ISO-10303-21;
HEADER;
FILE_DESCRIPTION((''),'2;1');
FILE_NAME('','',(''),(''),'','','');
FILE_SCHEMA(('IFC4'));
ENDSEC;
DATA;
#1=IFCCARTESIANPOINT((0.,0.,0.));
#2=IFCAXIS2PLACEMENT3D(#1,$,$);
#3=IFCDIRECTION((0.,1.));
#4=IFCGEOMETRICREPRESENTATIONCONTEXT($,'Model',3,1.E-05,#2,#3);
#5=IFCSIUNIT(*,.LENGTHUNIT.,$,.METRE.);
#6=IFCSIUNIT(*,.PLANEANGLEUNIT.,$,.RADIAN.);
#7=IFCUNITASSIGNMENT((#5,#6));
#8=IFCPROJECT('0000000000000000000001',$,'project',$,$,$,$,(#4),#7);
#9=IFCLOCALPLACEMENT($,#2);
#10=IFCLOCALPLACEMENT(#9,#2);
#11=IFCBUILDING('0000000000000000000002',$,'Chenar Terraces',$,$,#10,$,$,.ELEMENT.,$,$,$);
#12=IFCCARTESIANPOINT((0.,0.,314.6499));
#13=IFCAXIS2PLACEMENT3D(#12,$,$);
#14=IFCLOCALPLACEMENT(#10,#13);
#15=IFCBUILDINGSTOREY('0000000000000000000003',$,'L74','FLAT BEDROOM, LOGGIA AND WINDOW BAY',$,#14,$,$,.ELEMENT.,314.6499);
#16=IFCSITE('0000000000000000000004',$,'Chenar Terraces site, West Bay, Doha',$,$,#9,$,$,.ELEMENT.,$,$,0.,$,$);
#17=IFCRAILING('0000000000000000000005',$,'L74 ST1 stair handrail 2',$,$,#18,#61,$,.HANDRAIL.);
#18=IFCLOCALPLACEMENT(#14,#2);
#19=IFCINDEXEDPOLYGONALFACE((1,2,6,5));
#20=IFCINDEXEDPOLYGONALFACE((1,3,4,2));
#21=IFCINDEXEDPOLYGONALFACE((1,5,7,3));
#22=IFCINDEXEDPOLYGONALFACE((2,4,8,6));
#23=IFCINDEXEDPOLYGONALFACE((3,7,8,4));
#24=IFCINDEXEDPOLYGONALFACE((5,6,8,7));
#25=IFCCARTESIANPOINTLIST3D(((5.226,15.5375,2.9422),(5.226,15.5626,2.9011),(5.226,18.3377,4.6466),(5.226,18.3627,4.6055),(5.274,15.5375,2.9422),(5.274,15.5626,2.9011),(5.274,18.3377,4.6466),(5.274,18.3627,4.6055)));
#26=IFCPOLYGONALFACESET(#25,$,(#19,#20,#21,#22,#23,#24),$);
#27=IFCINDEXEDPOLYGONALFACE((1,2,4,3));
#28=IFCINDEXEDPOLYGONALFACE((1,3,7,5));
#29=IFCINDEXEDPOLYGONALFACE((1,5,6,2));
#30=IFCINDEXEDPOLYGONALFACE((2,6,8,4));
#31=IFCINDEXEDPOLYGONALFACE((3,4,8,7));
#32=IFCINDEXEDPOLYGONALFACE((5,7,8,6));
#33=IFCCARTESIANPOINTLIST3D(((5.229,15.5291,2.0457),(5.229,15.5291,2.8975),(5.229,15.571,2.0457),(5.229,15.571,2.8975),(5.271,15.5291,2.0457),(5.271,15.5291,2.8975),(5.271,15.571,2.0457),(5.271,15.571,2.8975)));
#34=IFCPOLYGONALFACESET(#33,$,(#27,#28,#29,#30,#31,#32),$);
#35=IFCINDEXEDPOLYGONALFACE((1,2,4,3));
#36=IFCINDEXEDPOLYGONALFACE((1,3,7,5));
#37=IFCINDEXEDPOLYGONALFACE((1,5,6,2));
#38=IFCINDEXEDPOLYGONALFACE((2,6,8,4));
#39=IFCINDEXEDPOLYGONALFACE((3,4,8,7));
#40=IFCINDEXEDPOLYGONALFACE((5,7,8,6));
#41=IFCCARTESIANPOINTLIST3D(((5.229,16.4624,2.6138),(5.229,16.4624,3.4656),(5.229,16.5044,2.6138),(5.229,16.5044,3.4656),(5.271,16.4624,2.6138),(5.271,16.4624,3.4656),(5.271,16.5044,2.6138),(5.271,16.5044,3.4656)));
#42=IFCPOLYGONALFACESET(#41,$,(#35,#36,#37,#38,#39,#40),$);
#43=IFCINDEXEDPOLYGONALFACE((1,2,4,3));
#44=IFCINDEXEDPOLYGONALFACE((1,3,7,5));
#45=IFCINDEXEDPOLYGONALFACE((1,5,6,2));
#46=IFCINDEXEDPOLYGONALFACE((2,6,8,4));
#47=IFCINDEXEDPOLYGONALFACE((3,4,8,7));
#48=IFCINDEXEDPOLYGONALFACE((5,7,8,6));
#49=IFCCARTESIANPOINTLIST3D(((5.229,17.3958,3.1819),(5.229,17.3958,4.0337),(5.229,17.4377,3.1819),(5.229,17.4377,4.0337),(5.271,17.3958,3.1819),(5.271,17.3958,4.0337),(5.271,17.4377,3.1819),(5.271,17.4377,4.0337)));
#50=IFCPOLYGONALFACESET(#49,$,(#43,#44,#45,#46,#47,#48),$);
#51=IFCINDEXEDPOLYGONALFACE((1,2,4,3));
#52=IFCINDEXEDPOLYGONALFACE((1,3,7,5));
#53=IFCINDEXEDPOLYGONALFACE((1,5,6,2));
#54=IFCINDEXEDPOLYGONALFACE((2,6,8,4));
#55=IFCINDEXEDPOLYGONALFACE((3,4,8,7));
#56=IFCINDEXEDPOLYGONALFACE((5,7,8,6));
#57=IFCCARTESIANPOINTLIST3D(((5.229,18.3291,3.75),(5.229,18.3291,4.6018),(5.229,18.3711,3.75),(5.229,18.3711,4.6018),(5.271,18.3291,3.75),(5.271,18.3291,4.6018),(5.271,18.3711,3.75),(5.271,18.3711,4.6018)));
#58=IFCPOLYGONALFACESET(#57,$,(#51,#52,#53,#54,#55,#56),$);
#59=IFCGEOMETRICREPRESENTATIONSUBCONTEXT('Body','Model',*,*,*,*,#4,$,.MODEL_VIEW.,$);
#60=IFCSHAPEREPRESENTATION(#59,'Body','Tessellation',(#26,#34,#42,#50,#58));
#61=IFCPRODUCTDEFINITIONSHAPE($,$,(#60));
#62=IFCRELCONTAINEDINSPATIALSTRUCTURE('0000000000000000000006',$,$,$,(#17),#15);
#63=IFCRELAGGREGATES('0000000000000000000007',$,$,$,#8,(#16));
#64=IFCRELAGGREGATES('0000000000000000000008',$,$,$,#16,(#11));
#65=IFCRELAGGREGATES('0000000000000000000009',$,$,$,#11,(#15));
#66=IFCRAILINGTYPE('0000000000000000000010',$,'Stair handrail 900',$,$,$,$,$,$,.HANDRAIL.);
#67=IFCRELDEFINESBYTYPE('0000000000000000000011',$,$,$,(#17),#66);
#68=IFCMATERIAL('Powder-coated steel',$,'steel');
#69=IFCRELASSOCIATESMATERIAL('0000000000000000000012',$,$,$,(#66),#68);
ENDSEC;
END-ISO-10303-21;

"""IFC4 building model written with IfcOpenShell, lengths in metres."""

from ifc_helpers import new_model, si_unit, direction, frame, origin, origin_2d, place, context, subcontext, project, spatial, rectangle, extrude, material, type_object, element, save


model = new_model("IFC4")

# Units and contexts
model_context = context("Model", 3, precision=1e-05, world=origin(), true_north=direction((0.0, 1.0)))
body_context = subcontext(model_context, "Body", "Model", "MODEL_VIEW")
ifc_project = project(units=[si_unit("LENGTHUNIT", "METRE"), si_unit("PLANEANGLEUNIT", "RADIAN")], contexts=[model_context])

# Site, building, storey
site_placement = place(None, origin())
site = spatial("IfcSite", under=ifc_project, at=site_placement, Name="Chenar Terraces site, West Bay, Doha", CompositionType="ELEMENT", RefElevation=0.0)
building_placement = place(site_placement, origin())
building = spatial("IfcBuilding", under=site, at=building_placement, Name="Chenar Terraces", CompositionType="ELEMENT")
storey_placement = place(building_placement, frame((0.0, 0.0, 314.6499)))
storey = spatial("IfcBuildingStorey", under=building, at=storey_placement, Name="L74", Description="FLAT BEDROOM, LOGGIA AND WINDOW BAY", CompositionType="ELEMENT", Elevation=314.6499)

# Railing
ifc_material_1 = material(Name="Powder-coated steel", Category="steel")
railing_type_1 = type_object("IfcRailingType", Name="Stair handrail 900", PredefinedType="HANDRAIL", material=ifc_material_1)
railing_1_placement = place(storey_placement, frame((5.25, 15.55, 2.0457)))
element("IfcRailing", 1, at=railing_1_placement, inside=storey, type_object=railing_type_1, Name="L74 ST1 stair handrail 2", PredefinedType="HANDRAIL", context=body_context, shape_type="SweptSolid", body=[
    extrude(rectangle(XDim=0.0481, YDim=0.0481, at=origin_2d()), frame((0.0, 0.0, 0.876), z_axis=(0.0, 0.854203, 0.51994), x_axis=(-1.0, 0.0, 0.0)), (0.0, 0.0, 1.0), 3.2781),
    extrude(rectangle(XDim=0.042, YDim=0.042, at=origin_2d()), origin(), (0.0, 0.0, 1.0), 0.8518),
    extrude(rectangle(XDim=0.042, YDim=0.042, at=origin_2d()), frame((0.0, 0.9333, 0.5681)), (0.0, 0.0, 1.0), 0.8518),
    extrude(rectangle(XDim=0.042, YDim=0.042, at=origin_2d()), frame((0.0, 1.8667, 1.1362)), (0.0, 0.0, 1.0), 0.8518),
    extrude(rectangle(XDim=0.042, YDim=0.042, at=origin_2d()), frame((0.0, 2.8, 1.7043)), (0.0, 0.0, 1.0), 0.8518),
])

save(model, "model.ifc")
